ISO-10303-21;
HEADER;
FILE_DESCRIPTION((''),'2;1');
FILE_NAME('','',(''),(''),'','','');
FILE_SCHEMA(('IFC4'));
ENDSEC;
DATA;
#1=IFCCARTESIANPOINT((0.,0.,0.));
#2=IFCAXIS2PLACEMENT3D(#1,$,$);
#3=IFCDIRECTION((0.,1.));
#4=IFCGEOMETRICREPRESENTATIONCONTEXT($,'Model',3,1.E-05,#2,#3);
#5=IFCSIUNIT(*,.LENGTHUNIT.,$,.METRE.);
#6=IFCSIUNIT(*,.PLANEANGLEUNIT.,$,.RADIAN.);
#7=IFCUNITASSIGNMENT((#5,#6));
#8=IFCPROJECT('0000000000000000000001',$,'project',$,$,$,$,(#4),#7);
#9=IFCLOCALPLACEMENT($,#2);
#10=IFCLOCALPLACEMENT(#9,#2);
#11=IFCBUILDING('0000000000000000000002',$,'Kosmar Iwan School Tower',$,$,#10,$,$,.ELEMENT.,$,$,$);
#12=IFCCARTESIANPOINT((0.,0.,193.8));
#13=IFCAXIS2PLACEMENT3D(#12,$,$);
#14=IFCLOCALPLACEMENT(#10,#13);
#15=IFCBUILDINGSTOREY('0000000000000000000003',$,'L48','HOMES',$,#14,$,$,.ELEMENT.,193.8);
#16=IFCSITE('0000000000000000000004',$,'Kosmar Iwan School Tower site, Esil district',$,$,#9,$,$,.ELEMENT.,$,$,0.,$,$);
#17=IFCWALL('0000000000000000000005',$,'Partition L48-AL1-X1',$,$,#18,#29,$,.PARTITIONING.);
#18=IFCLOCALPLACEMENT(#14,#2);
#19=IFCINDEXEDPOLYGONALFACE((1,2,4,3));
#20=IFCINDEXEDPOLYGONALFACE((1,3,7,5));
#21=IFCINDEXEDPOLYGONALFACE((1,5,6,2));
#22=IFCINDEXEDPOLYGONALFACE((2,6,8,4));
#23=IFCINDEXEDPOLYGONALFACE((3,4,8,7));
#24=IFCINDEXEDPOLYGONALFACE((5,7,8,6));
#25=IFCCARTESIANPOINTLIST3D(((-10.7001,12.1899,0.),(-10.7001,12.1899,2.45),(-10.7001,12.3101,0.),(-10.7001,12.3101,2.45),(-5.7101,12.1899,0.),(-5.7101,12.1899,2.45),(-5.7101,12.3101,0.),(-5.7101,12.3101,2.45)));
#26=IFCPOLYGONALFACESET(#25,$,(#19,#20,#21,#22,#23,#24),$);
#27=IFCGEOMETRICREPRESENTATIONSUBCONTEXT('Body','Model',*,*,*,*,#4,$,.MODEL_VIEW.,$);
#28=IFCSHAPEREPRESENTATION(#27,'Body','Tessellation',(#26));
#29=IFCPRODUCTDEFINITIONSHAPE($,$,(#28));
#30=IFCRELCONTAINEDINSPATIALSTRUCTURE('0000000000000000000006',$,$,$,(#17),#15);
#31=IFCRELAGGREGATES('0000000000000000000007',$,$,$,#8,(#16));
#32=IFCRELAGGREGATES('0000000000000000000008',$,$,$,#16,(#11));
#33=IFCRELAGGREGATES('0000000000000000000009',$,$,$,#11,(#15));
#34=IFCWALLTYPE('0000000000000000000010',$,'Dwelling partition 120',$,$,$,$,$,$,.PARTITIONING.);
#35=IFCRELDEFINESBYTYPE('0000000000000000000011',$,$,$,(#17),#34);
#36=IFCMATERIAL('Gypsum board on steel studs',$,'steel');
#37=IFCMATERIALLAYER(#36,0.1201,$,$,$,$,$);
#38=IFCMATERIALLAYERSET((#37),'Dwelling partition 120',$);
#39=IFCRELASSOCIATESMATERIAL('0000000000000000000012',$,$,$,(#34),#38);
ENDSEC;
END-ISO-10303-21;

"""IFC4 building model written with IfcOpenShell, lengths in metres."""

from ifc_helpers import new_model, si_unit, direction, frame, frame_2d, origin, place, context, subcontext, project, spatial, rectangle, extrude, material, layer, layer_set, type_object, element, save


model = new_model("IFC4")

# Units and contexts
model_context = context("Model", 3, precision=1e-05, world=origin(), true_north=direction((0.0, 1.0)))
body_context = subcontext(model_context, "Body", "Model", "MODEL_VIEW")
ifc_project = project(units=[si_unit("LENGTHUNIT", "METRE"), si_unit("PLANEANGLEUNIT", "RADIAN")], contexts=[model_context])

# Site, building, storey
site_placement = place(None, origin())
site = spatial("IfcSite", under=ifc_project, at=site_placement, Name="Kosmar Iwan School Tower site, Esil district", CompositionType="ELEMENT", RefElevation=0.0)
building_placement = place(site_placement, origin())
building = spatial("IfcBuilding", under=site, at=building_placement, Name="Kosmar Iwan School Tower", CompositionType="ELEMENT")
storey_placement = place(building_placement, frame((0.0, 0.0, 193.8)))
storey = spatial("IfcBuildingStorey", under=building, at=storey_placement, Name="L48", Description="HOMES", CompositionType="ELEMENT", Elevation=193.8)

# Shared definitions
ifc_material_1 = material(Name="Gypsum board on steel studs", Category="steel")
ifc_layer = layer(ifc_material_1, 0.1201)
ifc_layer_set = layer_set([ifc_layer], Name="Dwelling partition 120")
wall_type = type_object("IfcWallType", Name="Dwelling partition 120", PredefinedType="PARTITIONING", material=ifc_layer_set)

# Wall
wall_1_placement = place(storey_placement, frame((-5.71, 12.25, 0.0), z_axis=(0.0, 0.0, 1.0), x_axis=(-1.0, 0.0, 0.0)))
element("IfcWall", 1, at=wall_1_placement, inside=storey, type_object=wall_type, Name="Partition L48-AL1-X1", PredefinedType="PARTITIONING", context=body_context, shape_type="SweptSolid", body=[
    extrude(rectangle(XDim=4.99, YDim=0.1201, at=frame_2d((2.4951, 0.0))), origin(), (0.0, 0.0, 1.0), 2.45),
])

save(model, "model.ifc")
